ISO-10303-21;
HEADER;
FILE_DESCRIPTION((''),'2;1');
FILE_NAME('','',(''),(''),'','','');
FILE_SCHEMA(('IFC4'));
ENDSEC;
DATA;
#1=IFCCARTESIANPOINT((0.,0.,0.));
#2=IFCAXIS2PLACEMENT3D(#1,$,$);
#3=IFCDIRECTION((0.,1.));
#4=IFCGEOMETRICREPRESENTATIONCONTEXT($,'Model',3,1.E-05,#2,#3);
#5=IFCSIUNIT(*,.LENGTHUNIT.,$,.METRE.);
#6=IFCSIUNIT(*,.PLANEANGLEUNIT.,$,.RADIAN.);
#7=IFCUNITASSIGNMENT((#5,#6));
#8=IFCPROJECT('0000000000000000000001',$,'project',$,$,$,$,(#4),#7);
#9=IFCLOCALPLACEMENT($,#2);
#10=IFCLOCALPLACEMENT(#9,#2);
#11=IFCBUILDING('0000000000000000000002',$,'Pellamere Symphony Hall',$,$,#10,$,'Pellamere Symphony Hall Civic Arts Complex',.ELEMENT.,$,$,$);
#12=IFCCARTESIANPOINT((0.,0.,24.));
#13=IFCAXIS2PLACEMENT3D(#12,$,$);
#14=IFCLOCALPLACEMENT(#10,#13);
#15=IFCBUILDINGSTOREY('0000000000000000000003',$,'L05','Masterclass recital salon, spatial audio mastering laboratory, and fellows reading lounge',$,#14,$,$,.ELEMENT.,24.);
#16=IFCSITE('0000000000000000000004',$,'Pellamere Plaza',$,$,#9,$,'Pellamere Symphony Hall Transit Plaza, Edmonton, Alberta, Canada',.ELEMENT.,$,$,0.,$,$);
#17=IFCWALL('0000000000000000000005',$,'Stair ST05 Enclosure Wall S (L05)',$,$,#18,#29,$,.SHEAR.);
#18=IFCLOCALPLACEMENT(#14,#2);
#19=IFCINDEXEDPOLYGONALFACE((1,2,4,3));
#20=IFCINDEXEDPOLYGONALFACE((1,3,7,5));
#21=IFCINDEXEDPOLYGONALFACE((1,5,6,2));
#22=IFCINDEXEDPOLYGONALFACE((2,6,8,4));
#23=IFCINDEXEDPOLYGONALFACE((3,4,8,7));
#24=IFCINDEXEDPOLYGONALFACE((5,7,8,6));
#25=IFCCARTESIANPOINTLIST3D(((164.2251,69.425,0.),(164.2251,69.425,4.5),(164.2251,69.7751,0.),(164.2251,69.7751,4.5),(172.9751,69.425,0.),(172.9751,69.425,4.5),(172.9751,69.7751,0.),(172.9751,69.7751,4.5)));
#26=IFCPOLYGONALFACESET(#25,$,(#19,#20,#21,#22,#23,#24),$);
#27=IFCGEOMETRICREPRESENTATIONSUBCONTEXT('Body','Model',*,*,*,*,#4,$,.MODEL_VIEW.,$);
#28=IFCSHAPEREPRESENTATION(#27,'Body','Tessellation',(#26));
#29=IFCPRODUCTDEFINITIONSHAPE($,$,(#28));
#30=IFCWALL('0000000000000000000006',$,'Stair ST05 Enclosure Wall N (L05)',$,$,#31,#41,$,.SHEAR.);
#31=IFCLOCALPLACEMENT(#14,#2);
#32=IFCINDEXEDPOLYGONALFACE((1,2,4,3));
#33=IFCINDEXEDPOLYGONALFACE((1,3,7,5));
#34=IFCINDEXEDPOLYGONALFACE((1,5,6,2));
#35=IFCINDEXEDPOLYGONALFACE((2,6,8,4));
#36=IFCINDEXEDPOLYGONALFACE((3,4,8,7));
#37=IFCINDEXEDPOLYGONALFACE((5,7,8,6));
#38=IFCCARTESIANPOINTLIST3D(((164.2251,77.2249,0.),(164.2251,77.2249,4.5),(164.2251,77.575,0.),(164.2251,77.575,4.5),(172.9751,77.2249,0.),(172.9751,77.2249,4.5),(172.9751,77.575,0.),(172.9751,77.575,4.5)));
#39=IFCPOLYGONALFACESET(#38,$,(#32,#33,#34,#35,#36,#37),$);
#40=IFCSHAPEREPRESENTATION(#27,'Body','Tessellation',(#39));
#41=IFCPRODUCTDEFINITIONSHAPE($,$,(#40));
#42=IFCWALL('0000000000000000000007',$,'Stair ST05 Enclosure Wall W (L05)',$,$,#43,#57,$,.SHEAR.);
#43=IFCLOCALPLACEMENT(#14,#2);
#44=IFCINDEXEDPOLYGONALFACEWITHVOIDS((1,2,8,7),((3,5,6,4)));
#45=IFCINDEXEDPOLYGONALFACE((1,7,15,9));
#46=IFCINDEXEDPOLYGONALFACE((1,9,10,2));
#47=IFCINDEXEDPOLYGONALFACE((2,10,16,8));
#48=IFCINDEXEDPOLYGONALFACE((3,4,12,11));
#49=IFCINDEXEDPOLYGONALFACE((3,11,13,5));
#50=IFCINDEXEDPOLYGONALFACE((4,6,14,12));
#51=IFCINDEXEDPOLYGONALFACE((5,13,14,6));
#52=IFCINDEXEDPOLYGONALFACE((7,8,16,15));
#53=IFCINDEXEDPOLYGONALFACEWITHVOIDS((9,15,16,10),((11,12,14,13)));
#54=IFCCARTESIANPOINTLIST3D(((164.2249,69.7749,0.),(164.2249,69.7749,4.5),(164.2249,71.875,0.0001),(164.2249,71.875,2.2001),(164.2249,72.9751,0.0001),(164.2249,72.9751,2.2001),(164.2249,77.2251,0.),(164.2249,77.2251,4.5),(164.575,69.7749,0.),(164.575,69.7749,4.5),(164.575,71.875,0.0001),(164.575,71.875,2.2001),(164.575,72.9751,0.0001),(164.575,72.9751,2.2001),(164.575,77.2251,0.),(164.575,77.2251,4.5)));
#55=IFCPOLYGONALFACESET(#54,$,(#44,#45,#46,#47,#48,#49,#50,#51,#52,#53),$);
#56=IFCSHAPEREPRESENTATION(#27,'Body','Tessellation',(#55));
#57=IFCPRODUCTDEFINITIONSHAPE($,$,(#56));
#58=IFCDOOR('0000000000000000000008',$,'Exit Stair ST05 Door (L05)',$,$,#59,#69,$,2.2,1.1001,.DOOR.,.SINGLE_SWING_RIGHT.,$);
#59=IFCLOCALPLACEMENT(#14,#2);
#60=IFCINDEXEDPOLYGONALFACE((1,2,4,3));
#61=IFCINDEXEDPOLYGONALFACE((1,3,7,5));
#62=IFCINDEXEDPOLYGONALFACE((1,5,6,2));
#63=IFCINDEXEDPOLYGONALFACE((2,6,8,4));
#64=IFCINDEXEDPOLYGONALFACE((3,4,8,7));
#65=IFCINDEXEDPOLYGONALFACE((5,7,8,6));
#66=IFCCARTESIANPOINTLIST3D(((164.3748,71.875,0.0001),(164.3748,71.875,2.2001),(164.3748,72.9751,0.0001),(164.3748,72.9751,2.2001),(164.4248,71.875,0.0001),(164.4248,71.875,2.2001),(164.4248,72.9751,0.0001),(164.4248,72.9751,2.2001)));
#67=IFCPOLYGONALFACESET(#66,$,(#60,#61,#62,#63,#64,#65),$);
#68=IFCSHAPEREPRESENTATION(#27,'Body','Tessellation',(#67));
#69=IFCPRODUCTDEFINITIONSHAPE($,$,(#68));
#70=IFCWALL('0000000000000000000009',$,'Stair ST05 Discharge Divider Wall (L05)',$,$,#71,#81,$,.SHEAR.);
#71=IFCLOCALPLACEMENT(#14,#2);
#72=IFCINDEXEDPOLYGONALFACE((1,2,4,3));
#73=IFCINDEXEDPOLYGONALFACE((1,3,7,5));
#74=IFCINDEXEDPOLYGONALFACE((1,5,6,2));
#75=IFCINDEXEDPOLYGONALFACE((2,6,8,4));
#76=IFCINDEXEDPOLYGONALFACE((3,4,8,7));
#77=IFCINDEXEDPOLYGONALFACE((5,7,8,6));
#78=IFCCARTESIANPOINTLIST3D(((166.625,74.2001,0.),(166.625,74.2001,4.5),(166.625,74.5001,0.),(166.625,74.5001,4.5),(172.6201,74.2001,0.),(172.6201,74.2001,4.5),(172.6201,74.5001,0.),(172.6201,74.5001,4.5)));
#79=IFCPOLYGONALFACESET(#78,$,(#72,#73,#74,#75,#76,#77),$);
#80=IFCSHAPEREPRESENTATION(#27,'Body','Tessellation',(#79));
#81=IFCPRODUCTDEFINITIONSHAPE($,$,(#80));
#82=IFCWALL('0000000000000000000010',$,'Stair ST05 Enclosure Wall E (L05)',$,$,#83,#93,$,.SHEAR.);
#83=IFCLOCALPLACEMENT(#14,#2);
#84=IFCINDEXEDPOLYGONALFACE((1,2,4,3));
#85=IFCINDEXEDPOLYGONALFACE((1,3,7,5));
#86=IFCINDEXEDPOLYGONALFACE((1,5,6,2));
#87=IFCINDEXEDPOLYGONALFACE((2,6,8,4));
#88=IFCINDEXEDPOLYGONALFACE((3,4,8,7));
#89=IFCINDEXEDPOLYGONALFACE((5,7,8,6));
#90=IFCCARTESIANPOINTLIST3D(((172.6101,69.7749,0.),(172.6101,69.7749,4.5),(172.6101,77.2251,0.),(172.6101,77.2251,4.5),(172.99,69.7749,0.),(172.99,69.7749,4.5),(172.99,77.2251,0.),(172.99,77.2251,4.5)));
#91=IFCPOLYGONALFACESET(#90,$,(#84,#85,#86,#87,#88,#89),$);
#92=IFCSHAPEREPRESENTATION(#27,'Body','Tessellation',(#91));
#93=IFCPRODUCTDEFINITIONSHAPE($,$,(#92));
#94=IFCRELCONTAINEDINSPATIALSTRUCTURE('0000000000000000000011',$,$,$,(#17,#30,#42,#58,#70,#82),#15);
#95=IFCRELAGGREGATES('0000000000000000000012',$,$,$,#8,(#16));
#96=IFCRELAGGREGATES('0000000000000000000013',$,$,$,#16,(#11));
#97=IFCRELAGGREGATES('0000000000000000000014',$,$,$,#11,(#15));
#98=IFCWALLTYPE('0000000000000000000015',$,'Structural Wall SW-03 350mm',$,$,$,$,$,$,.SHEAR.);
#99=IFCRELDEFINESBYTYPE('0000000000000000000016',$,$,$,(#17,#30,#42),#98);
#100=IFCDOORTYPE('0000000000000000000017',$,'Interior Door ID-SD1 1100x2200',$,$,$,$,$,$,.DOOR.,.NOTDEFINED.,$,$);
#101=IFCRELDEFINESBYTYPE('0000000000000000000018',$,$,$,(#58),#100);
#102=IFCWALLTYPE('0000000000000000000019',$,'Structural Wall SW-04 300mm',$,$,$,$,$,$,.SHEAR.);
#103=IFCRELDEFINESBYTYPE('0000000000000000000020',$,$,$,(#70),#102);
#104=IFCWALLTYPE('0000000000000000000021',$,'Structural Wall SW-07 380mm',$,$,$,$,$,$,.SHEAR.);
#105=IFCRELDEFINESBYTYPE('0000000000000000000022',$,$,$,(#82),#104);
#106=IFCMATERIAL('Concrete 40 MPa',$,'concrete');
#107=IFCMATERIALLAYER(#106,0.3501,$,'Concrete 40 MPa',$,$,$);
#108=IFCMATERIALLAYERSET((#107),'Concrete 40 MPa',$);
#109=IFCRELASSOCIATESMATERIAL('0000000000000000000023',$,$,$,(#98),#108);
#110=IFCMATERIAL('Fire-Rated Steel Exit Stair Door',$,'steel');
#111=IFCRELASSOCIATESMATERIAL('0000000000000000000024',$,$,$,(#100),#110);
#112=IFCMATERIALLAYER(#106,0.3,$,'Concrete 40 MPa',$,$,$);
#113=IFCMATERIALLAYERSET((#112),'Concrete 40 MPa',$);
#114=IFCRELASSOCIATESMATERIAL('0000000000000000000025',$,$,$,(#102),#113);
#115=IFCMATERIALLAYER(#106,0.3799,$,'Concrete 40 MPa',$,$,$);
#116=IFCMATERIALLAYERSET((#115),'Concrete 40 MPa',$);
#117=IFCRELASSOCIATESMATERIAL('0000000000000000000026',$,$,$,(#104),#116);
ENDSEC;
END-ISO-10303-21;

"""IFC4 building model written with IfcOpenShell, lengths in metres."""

from ifc_helpers import new_model, si_unit, direction, frame, frame_2d, origin, place, context, subcontext, project, spatial, rectangle, extrude, material, layer, layer_set, type_object, element, fill, save


model = new_model("IFC4")

# Units and contexts
model_context = context("Model", 3, precision=1e-05, world=origin(), true_north=direction((0.0, 1.0)))
body_context = subcontext(model_context, "Body", "Model", "MODEL_VIEW")
ifc_project = project(units=[si_unit("LENGTHUNIT", "METRE"), si_unit("PLANEANGLEUNIT", "RADIAN")], contexts=[model_context])

# Site, building, storey
site_placement = place(None, origin())
site = spatial("IfcSite", under=ifc_project, at=site_placement, Name="Pellamere Plaza", LongName="Pellamere Symphony Hall Transit Plaza, Edmonton, Alberta, Canada", CompositionType="ELEMENT", RefElevation=0.0)
building_placement = place(site_placement, origin())
building = spatial("IfcBuilding", under=site, at=building_placement, Name="Pellamere Symphony Hall", LongName="Pellamere Symphony Hall Civic Arts Complex", CompositionType="ELEMENT")
storey_placement = place(building_placement, frame((0.0, 0.0, 24.0)))
storey = spatial("IfcBuildingStorey", under=building, at=storey_placement, Name="L05", Description="Masterclass recital salon, spatial audio mastering laboratory, and fellows reading lounge", CompositionType="ELEMENT", Elevation=24.0)

# Shared definitions
ifc_material_1 = material(Name="Concrete 40 MPa", Category="concrete")

# Walls
ifc_layer_1 = layer(ifc_material_1, 0.3501, Name="Concrete 40 MPa")
ifc_layer_set_1 = layer_set([ifc_layer_1], Name="Concrete 40 MPa")
wall_type_1 = type_object("IfcWallType", Name="Structural Wall SW-03 350mm", PredefinedType="SHEAR", material=ifc_layer_set_1)
for number, where, z_axis, x_axis, name in (
    (1, (164.2251, 69.6001, 0.0), (0.0, 0.0, 1.0), (1.0, 0.0, 0.0), "Stair ST05 Enclosure Wall S (L05)"),
    (2, (164.2251, 77.3999, 0.0), (0.0, 0.0, 1.0), (1.0, 0.0, 0.0), "Stair ST05 Enclosure Wall N (L05)"),
):
    element("IfcWall", number, at=place(storey_placement, frame(where, z_axis=z_axis, x_axis=x_axis)), inside=storey, type_object=wall_type_1, Name=name, PredefinedType="SHEAR", context=body_context, shape_type="SweptSolid", body=[
        extrude(rectangle(XDim=8.75, YDim=0.3501, at=frame_2d((4.375, 0.0))), origin(), (0.0, 0.0, 1.0), 4.5),
    ])

# Wall, opening, door
wall_1_placement = place(storey_placement, frame((164.3999, 69.7749, 0.0), z_axis=(0.0, 0.0, 1.0), x_axis=(0.0, 1.0, 0.0)))
wall_1 = element("IfcWall", 3, at=wall_1_placement, inside=storey, type_object=wall_type_1, Name="Stair ST05 Enclosure Wall W (L05)", PredefinedType="SHEAR", context=body_context, shape_type="SweptSolid", body=[
    extrude(rectangle(XDim=7.4502, YDim=0.3501, at=frame_2d((3.7251, 0.0))), origin(), (0.0, 0.0, 1.0), 4.5),
])
opening_placement = place(wall_1_placement, frame((2.1001, 0.0, 0.0)))
opening = element("IfcOpeningElement", 4, at=opening_placement, cuts=wall_1, PredefinedType="OPENING", context=body_context, shape_type="SweptSolid", body=[
    extrude(rectangle(XDim=1.1001, YDim=2.2, at=frame_2d((0.55, 1.1001))), frame((0.0, 0.1851, 0.0), z_axis=(0.0, -1.0, 0.0), x_axis=(1.0, 0.0, 0.0)), (0.0, 0.0, 1.0), 0.3701),
])
ifc_material_2 = material(Name="Fire-Rated Steel Exit Stair Door", Category="steel")
door_type = type_object("IfcDoorType", Name="Interior Door ID-SD1 1100x2200", OperationType="NOTDEFINED", PredefinedType="DOOR", material=ifc_material_2)
door_placement = place(opening_placement, frame((1.1001, 0.0, 0.0), z_axis=(0.0, 0.0, 1.0), x_axis=(-1.0, 0.0, 0.0)))
door = element("IfcDoor", 5, at=door_placement, inside=storey, type_object=door_type, Name="Exit Stair ST05 Door (L05)", OperationType="SINGLE_SWING_RIGHT", OverallHeight=2.2, OverallWidth=1.1001, PredefinedType="DOOR", context=body_context, shape_type="SweptSolid", body=[
    extrude(rectangle(XDim=1.1001, YDim=2.2, at=frame_2d((0.55, 1.1001))), frame((0.0, 0.0249, 0.0), z_axis=(0.0, -1.0, 0.0), x_axis=(1.0, 0.0, 0.0)), (0.0, 0.0, 1.0), 0.05),
])
fill(opening, door)

# Walls
ifc_layer_2 = layer(ifc_material_1, 0.3, Name="Concrete 40 MPa")
ifc_layer_set_2 = layer_set([ifc_layer_2], Name="Concrete 40 MPa")
wall_type_2 = type_object("IfcWallType", Name="Structural Wall SW-04 300mm", PredefinedType="SHEAR", material=ifc_layer_set_2)
wall_2_placement = place(storey_placement, frame((166.625, 74.3501, 0.0), z_axis=(0.0, 0.0, 1.0), x_axis=(1.0, 0.0, 0.0)))
element("IfcWall", 6, at=wall_2_placement, inside=storey, type_object=wall_type_2, Name="Stair ST05 Discharge Divider Wall (L05)", PredefinedType="SHEAR", context=body_context, shape_type="SweptSolid", body=[
    extrude(rectangle(XDim=5.9951, YDim=0.3, at=frame_2d((2.9976, 0.0))), origin(), (0.0, 0.0, 1.0), 4.5),
])
ifc_layer_3 = layer(ifc_material_1, 0.3799, Name="Concrete 40 MPa")
ifc_layer_set_3 = layer_set([ifc_layer_3], Name="Concrete 40 MPa")
wall_type_3 = type_object("IfcWallType", Name="Structural Wall SW-07 380mm", PredefinedType="SHEAR", material=ifc_layer_set_3)
wall_3_placement = place(storey_placement, frame((172.8, 69.7749, 0.0), z_axis=(0.0, 0.0, 1.0), x_axis=(0.0, 1.0, 0.0)))
element("IfcWall", 7, at=wall_3_placement, inside=storey, type_object=wall_type_3, Name="Stair ST05 Enclosure Wall E (L05)", PredefinedType="SHEAR", context=body_context, shape_type="SweptSolid", body=[
    extrude(rectangle(XDim=7.4502, YDim=0.3799, at=frame_2d((3.7251, 0.0))), origin(), (0.0, 0.0, 1.0), 4.5),
])

save(model, "model.ifc")
